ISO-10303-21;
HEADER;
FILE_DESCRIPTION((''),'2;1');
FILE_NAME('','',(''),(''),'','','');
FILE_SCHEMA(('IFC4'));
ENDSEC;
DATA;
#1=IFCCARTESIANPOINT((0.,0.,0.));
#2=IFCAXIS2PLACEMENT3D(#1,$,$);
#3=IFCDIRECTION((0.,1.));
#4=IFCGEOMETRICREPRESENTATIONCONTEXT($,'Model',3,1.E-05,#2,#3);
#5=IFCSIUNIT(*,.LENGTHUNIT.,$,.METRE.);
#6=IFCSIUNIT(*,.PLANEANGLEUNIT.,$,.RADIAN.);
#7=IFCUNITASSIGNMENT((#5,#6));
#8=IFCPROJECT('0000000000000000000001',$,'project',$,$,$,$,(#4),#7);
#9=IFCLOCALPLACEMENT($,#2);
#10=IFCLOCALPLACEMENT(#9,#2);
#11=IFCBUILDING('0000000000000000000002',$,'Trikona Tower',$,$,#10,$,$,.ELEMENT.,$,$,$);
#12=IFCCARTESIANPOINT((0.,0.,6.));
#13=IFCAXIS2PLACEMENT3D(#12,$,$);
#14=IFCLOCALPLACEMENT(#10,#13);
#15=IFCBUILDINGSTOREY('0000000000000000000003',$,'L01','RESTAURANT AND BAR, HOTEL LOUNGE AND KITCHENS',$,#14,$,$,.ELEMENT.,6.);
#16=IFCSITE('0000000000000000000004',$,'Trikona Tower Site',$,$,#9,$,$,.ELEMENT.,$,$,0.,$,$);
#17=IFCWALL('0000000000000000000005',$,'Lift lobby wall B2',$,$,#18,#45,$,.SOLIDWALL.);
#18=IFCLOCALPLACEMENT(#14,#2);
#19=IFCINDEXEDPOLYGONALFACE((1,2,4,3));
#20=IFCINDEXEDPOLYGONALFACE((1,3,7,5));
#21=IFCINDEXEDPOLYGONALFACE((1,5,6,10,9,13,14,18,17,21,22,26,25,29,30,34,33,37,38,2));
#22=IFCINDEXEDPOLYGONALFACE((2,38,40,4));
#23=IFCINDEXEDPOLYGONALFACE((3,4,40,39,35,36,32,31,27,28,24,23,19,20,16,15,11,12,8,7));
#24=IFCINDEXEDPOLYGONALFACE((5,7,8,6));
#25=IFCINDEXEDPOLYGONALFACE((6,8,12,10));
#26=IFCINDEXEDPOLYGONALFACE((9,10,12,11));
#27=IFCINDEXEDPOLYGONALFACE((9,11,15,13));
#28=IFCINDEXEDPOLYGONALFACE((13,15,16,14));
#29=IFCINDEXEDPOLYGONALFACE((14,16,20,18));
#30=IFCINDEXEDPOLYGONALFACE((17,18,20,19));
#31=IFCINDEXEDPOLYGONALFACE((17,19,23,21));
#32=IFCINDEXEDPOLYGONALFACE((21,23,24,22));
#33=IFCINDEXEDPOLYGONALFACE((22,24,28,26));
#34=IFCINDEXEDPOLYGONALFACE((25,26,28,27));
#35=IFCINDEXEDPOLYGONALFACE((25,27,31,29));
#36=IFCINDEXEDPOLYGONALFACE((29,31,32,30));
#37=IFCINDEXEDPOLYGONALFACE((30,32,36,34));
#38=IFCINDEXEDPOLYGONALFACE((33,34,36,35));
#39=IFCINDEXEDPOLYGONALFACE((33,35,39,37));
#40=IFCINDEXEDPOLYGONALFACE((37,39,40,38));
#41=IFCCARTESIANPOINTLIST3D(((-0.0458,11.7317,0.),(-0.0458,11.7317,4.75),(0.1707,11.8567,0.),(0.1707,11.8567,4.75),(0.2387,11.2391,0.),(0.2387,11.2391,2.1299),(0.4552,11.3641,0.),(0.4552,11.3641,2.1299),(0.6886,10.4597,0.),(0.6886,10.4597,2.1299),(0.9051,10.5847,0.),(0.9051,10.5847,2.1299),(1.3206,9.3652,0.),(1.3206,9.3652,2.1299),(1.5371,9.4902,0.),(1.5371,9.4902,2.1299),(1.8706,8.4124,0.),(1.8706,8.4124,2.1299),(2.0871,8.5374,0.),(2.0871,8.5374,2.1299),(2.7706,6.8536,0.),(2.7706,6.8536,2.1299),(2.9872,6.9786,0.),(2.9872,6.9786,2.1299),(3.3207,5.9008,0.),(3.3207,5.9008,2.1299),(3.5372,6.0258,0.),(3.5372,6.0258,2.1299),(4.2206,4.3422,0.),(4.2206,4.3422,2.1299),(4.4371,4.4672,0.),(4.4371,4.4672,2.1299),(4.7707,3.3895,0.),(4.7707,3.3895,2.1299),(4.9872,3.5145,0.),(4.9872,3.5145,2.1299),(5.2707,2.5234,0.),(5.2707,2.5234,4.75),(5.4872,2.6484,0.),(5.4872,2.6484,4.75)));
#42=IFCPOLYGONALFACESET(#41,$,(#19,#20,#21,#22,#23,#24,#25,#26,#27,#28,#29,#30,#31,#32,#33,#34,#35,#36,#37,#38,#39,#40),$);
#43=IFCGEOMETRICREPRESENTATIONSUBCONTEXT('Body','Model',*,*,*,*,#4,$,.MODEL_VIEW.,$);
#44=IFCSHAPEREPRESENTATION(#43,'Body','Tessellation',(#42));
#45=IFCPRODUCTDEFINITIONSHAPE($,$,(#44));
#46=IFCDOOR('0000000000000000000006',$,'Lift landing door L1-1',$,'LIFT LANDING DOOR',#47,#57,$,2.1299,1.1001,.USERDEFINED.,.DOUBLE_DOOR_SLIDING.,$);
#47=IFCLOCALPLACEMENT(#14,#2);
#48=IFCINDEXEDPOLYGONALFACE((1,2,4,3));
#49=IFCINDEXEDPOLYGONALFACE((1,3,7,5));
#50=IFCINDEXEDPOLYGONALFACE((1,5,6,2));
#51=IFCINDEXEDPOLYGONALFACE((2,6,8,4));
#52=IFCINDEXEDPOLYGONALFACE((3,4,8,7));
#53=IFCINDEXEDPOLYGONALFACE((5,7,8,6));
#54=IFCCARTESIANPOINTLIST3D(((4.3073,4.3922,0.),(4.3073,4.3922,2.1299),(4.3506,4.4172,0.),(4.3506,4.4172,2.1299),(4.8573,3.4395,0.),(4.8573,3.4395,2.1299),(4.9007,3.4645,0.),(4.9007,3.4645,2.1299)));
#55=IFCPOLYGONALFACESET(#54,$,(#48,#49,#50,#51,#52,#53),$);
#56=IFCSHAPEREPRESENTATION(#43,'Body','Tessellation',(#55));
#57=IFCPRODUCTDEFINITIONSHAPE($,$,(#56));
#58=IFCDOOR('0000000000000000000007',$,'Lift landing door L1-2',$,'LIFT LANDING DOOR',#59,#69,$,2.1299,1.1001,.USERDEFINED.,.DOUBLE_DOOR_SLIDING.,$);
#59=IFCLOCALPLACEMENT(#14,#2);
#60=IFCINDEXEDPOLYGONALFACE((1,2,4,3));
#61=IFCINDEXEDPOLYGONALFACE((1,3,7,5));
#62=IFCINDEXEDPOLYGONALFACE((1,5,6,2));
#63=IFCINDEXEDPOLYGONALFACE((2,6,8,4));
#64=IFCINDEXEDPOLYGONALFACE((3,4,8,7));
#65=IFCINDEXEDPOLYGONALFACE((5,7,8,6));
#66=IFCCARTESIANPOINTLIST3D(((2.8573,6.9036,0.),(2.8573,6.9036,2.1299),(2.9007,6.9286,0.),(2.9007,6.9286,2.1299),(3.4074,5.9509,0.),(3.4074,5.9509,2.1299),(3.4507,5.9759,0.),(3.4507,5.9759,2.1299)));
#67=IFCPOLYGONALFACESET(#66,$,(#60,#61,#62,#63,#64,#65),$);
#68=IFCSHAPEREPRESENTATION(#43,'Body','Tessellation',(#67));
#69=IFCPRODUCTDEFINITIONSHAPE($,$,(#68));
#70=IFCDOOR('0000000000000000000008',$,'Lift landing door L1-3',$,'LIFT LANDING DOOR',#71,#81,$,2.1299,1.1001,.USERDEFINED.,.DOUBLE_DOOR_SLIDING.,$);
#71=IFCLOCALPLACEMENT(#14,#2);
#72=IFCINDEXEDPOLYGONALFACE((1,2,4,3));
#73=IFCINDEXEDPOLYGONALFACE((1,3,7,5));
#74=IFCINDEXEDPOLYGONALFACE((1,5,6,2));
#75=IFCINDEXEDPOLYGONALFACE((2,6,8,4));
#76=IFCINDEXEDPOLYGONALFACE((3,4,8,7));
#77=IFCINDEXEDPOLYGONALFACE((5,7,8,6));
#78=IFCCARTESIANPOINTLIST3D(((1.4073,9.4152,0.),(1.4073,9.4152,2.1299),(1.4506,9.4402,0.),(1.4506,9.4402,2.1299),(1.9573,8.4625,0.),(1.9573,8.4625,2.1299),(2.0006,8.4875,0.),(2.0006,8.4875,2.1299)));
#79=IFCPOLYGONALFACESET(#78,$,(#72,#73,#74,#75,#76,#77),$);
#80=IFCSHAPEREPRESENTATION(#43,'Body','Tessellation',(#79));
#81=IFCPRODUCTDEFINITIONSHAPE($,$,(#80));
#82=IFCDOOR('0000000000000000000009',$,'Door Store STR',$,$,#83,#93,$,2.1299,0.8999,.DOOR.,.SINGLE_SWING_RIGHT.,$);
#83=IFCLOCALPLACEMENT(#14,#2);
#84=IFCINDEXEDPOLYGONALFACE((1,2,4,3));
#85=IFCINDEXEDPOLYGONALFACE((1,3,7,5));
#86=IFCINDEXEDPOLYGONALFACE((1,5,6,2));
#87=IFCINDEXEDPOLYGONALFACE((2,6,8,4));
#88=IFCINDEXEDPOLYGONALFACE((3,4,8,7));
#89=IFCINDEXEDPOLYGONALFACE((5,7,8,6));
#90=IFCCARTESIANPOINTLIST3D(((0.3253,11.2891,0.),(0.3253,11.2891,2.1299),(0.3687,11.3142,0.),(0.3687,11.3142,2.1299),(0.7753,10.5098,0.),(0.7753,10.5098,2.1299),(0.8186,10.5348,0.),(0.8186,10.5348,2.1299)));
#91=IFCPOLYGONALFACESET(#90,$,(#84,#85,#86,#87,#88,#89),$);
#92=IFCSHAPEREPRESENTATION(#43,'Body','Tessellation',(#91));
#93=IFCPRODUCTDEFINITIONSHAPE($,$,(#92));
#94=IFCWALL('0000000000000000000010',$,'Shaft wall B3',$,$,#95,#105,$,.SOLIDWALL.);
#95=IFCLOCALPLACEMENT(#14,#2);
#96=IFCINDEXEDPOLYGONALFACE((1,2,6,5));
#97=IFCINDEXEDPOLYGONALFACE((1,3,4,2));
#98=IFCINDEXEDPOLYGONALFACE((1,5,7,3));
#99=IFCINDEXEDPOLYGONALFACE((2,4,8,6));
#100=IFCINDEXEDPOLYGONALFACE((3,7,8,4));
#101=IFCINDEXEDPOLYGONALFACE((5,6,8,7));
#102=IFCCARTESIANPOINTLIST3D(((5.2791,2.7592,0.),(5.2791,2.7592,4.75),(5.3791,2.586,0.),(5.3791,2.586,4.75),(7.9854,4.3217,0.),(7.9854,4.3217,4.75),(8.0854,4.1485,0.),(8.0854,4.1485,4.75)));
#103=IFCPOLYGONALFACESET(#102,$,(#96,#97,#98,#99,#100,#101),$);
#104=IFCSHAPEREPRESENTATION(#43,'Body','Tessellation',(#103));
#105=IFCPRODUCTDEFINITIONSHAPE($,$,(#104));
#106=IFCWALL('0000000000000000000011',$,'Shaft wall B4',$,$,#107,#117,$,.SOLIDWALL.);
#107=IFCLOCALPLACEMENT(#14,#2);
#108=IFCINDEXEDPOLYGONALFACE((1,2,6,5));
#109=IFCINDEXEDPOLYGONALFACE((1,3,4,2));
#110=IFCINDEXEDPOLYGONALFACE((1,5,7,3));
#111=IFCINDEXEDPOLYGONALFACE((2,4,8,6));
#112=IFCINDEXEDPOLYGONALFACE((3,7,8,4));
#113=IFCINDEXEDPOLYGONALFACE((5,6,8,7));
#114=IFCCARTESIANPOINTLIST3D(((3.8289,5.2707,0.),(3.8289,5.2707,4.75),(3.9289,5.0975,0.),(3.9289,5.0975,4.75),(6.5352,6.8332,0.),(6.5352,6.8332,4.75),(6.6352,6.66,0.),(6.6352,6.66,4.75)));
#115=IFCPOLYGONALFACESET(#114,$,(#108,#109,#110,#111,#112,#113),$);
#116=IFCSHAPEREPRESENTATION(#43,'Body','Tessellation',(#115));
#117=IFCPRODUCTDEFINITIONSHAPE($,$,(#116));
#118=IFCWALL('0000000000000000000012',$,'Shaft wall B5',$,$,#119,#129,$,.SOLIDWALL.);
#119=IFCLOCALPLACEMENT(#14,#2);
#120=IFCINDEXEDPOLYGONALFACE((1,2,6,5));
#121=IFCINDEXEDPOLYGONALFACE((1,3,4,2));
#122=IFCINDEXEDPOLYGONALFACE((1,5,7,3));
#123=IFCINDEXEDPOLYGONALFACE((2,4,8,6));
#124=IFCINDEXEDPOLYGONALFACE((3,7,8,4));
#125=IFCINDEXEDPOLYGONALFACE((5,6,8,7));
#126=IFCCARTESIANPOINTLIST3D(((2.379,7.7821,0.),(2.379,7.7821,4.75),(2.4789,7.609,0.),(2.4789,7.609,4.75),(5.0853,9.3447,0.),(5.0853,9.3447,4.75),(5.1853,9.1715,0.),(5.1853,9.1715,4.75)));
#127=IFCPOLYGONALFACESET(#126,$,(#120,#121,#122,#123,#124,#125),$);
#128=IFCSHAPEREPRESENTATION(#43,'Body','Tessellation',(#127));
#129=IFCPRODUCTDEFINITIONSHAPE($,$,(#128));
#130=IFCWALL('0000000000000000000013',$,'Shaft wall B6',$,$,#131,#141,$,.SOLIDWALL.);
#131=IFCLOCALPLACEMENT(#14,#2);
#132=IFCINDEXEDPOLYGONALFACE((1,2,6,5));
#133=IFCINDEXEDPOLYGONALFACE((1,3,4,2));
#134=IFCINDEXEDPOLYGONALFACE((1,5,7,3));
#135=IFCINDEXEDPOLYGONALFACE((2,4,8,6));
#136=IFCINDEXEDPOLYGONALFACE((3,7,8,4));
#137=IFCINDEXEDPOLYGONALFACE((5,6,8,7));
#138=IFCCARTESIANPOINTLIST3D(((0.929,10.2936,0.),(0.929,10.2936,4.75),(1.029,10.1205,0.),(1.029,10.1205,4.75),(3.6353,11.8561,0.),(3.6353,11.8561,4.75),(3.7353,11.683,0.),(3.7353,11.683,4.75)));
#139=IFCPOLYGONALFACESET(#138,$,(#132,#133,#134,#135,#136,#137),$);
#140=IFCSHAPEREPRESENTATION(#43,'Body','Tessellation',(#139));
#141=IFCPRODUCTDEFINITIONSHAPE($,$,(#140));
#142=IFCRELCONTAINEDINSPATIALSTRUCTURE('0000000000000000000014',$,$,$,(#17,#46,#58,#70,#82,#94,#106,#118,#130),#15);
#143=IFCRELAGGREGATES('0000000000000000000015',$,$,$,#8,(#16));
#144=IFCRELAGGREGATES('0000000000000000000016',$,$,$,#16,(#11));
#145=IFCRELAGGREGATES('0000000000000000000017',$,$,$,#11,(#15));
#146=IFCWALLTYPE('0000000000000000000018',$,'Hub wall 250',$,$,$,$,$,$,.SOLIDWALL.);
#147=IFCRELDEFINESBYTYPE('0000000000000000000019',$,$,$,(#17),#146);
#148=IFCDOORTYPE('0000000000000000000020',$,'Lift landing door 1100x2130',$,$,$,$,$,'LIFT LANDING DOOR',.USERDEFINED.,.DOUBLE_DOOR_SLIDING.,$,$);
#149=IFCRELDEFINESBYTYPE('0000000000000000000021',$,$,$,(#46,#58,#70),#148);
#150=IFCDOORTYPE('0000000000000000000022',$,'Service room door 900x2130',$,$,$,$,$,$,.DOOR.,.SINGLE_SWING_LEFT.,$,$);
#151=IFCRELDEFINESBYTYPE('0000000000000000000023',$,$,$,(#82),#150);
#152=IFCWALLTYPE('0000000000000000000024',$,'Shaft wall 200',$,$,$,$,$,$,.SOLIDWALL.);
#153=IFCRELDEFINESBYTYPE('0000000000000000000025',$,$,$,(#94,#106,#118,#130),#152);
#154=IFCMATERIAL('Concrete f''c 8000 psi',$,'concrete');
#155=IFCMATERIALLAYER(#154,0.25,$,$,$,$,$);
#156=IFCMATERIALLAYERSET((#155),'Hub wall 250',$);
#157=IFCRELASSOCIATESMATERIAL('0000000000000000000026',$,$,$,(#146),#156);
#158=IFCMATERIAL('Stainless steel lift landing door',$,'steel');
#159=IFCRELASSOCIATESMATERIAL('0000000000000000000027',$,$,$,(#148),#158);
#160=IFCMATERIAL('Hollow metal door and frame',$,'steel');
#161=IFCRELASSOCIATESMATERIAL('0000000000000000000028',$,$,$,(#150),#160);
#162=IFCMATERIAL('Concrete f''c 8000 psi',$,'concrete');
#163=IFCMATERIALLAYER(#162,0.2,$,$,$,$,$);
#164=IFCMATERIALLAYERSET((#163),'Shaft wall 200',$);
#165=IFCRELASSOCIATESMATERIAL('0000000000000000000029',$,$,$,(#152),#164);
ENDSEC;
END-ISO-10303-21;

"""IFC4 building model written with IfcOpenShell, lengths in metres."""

from ifc_helpers import new_model, si_unit, direction, frame, frame_2d, origin, place, context, subcontext, project, spatial, rectangle, extrude, material, layer, layer_set, type_object, element, fill, save


model = new_model("IFC4")

# Units and contexts
model_context = context("Model", 3, precision=1e-05, world=origin(), true_north=direction((0.0, 1.0)))
body_context = subcontext(model_context, "Body", "Model", "MODEL_VIEW")
ifc_project = project(units=[si_unit("LENGTHUNIT", "METRE"), si_unit("PLANEANGLEUNIT", "RADIAN")], contexts=[model_context])

# Site, building, storey
site_placement = place(None, origin())
site = spatial("IfcSite", under=ifc_project, at=site_placement, Name="Trikona Tower Site", CompositionType="ELEMENT", RefElevation=0.0)
building_placement = place(site_placement, origin())
building = spatial("IfcBuilding", under=site, at=building_placement, Name="Trikona Tower", CompositionType="ELEMENT")
storey_placement = place(building_placement, frame((0.0, 0.0, 6.0)))
storey = spatial("IfcBuildingStorey", under=building, at=storey_placement, Name="L01", Description="RESTAURANT AND BAR, HOTEL LOUNGE AND KITCHENS", CompositionType="ELEMENT", Elevation=6.0)

# Wall, openings, doors
ifc_material_1 = material(Name="Concrete f'c 8000 psi", Category="concrete")
ifc_layer_1 = layer(ifc_material_1, 0.25)
ifc_layer_set_1 = layer_set([ifc_layer_1], Name="Hub wall 250")
wall_type_1 = type_object("IfcWallType", Name="Hub wall 250", PredefinedType="SOLIDWALL", material=ifc_layer_set_1)
wall_placement = place(storey_placement, frame((5.3789, 2.5859, 0.0), z_axis=(0.0, 0.0, 1.0), x_axis=(-0.500001, 0.866025, 0.0)))
wall = element("IfcWall", 1, at=wall_placement, inside=storey, type_object=wall_type_1, Name="Lift lobby wall B2", PredefinedType="SOLIDWALL", context=body_context, shape_type="SweptSolid", body=[
    extrude(rectangle(XDim=10.6328, YDim=0.25, at=frame_2d((5.3164, 0.0))), origin(), (0.0, 0.0, 1.0), 4.75),
])
opening_1_placement = place(wall_placement, frame((9.1641, 0.0, 0.0)))
opening_1 = element("IfcOpeningElement", 2, at=opening_1_placement, cuts=wall, PredefinedType="OPENING", context=body_context, shape_type="SweptSolid", body=[
    extrude(rectangle(XDim=0.8999, YDim=2.1299, at=frame_2d((0.45, 1.0649))), frame((0.0, 0.135, 0.0), z_axis=(0.0, -1.0, 0.0), x_axis=(1.0, 0.0, 0.0)), (0.0, 0.0, 1.0), 0.27),
])
opening_2_placement = place(wall_placement, frame((1.0, 0.0, 0.0)))
opening_2 = element("IfcOpeningElement", 3, at=opening_2_placement, cuts=wall, PredefinedType="OPENING", context=body_context, shape_type="SweptSolid", body=[
    extrude(rectangle(XDim=1.1001, YDim=2.1299, at=frame_2d((0.55, 1.0649))), frame((0.0, 0.135, 0.0), z_axis=(0.0, -1.0, 0.0), x_axis=(1.0, 0.0, 0.0)), (0.0, 0.0, 1.0), 0.27),
])
opening_3_placement = place(wall_placement, frame((3.8999, 0.0, 0.0)))
opening_3 = element("IfcOpeningElement", 4, at=opening_3_placement, cuts=wall, PredefinedType="OPENING", context=body_context, shape_type="SweptSolid", body=[
    extrude(rectangle(XDim=1.1001, YDim=2.1299, at=frame_2d((0.55, 1.0649))), frame((0.0, 0.135, 0.0), z_axis=(0.0, -1.0, 0.0), x_axis=(1.0, 0.0, 0.0)), (0.0, 0.0, 1.0), 0.27),
])
opening_4_placement = place(wall_placement, frame((6.8, 0.0, 0.0)))
opening_4 = element("IfcOpeningElement", 5, at=opening_4_placement, cuts=wall, PredefinedType="OPENING", context=body_context, shape_type="SweptSolid", body=[
    extrude(rectangle(XDim=1.1001, YDim=2.1299, at=frame_2d((0.55, 1.0649))), frame((0.0, 0.135, 0.0), z_axis=(0.0, -1.0, 0.0), x_axis=(1.0, 0.0, 0.0)), (0.0, 0.0, 1.0), 0.27),
])
ifc_material_2 = material(Name="Stainless steel lift landing door", Category="steel")
door_type_1 = type_object("IfcDoorType", Name="Lift landing door 1100x2130", ElementType="LIFT LANDING DOOR", OperationType="DOUBLE_DOOR_SLIDING", PredefinedType="USERDEFINED", material=ifc_material_2)
door_1_placement = place(opening_2_placement, origin())
door_1 = element("IfcDoor", 6, at=door_1_placement, inside=storey, type_object=door_type_1, Name="Lift landing door L1-1", ObjectType="LIFT LANDING DOOR", OperationType="DOUBLE_DOOR_SLIDING", OverallHeight=2.1299, OverallWidth=1.1001, PredefinedType="USERDEFINED", context=body_context, shape_type="SweptSolid", body=[
    extrude(rectangle(XDim=1.1001, YDim=2.1299, at=frame_2d((0.55, 1.0649))), frame((0.0, 0.0249, 0.0), z_axis=(0.0, -1.0, 0.0), x_axis=(1.0, 0.0, 0.0)), (0.0, 0.0, 1.0), 0.05),
])
fill(opening_2, door_1)
door_2_placement = place(opening_3_placement, origin())
door_2 = element("IfcDoor", 7, at=door_2_placement, inside=storey, type_object=door_type_1, Name="Lift landing door L1-2", ObjectType="LIFT LANDING DOOR", OperationType="DOUBLE_DOOR_SLIDING", OverallHeight=2.1299, OverallWidth=1.1001, PredefinedType="USERDEFINED", context=body_context, shape_type="SweptSolid", body=[
    extrude(rectangle(XDim=1.1001, YDim=2.1299, at=frame_2d((0.55, 1.0649))), frame((0.0, 0.0249, 0.0), z_axis=(0.0, -1.0, 0.0), x_axis=(1.0, 0.0, 0.0)), (0.0, 0.0, 1.0), 0.05),
])
fill(opening_3, door_2)
door_3_placement = place(opening_4_placement, origin())
door_3 = element("IfcDoor", 8, at=door_3_placement, inside=storey, type_object=door_type_1, Name="Lift landing door L1-3", ObjectType="LIFT LANDING DOOR", OperationType="DOUBLE_DOOR_SLIDING", OverallHeight=2.1299, OverallWidth=1.1001, PredefinedType="USERDEFINED", context=body_context, shape_type="SweptSolid", body=[
    extrude(rectangle(XDim=1.1001, YDim=2.1299, at=frame_2d((0.55, 1.0649))), frame((0.0, 0.0249, 0.0), z_axis=(0.0, -1.0, 0.0), x_axis=(1.0, 0.0, 0.0)), (0.0, 0.0, 1.0), 0.05),
])
fill(opening_4, door_3)
ifc_material_3 = material(Name="Hollow metal door and frame", Category="steel")
door_type_2 = type_object("IfcDoorType", Name="Service room door 900x2130", OperationType="SINGLE_SWING_LEFT", PredefinedType="DOOR", material=ifc_material_3)
door_4_placement = place(opening_1_placement, origin())
door_4 = element("IfcDoor", 9, at=door_4_placement, inside=storey, type_object=door_type_2, Name="Door Store STR", OperationType="SINGLE_SWING_RIGHT", OverallHeight=2.1299, OverallWidth=0.8999, PredefinedType="DOOR", context=body_context, shape_type="SweptSolid", body=[
    extrude(rectangle(XDim=0.8999, YDim=2.1299, at=frame_2d((0.45, 1.0649))), frame((0.0, 0.0249, 0.0), z_axis=(0.0, -1.0, 0.0), x_axis=(1.0, 0.0, 0.0)), (0.0, 0.0, 1.0), 0.05),
])
fill(opening_1, door_4)

# Walls
ifc_material_4 = material(Name="Concrete f'c 8000 psi", Category="concrete")
ifc_layer_2 = layer(ifc_material_4, 0.2)
ifc_layer_set_2 = layer_set([ifc_layer_2], Name="Shaft wall 200")
wall_type_2 = type_object("IfcWallType", Name="Shaft wall 200", PredefinedType="SOLIDWALL", material=ifc_layer_set_2)
for number, where, z_axis, x_axis, name in (
    (10, (5.3291, 2.6726, 0.0), (0.0, 0.0, 1.0), (0.866023, 0.500004, 0.0), "Shaft wall B3"),
    (11, (3.8789, 5.1841, 0.0), (0.0, 0.0, 1.0), (0.866023, 0.500004, 0.0), "Shaft wall B4"),
    (12, (2.429, 7.6956, 0.0), (0.0, 0.0, 1.0), (0.866023, 0.500004, 0.0), "Shaft wall B5"),
    (13, (0.979, 10.207, 0.0), (0.0, 0.0, 1.0), (0.866023, 0.500004, 0.0), "Shaft wall B6"),
):
    element("IfcWall", number, at=place(storey_placement, frame(where, z_axis=z_axis, x_axis=x_axis)), inside=storey, type_object=wall_type_2, Name=name, PredefinedType="SOLIDWALL", context=body_context, shape_type="SweptSolid", body=[
        extrude(rectangle(XDim=3.125, YDim=0.2, at=frame_2d((1.5625, 0.0))), origin(), (0.0, 0.0, 1.0), 4.75),
    ])

save(model, "model.ifc")
